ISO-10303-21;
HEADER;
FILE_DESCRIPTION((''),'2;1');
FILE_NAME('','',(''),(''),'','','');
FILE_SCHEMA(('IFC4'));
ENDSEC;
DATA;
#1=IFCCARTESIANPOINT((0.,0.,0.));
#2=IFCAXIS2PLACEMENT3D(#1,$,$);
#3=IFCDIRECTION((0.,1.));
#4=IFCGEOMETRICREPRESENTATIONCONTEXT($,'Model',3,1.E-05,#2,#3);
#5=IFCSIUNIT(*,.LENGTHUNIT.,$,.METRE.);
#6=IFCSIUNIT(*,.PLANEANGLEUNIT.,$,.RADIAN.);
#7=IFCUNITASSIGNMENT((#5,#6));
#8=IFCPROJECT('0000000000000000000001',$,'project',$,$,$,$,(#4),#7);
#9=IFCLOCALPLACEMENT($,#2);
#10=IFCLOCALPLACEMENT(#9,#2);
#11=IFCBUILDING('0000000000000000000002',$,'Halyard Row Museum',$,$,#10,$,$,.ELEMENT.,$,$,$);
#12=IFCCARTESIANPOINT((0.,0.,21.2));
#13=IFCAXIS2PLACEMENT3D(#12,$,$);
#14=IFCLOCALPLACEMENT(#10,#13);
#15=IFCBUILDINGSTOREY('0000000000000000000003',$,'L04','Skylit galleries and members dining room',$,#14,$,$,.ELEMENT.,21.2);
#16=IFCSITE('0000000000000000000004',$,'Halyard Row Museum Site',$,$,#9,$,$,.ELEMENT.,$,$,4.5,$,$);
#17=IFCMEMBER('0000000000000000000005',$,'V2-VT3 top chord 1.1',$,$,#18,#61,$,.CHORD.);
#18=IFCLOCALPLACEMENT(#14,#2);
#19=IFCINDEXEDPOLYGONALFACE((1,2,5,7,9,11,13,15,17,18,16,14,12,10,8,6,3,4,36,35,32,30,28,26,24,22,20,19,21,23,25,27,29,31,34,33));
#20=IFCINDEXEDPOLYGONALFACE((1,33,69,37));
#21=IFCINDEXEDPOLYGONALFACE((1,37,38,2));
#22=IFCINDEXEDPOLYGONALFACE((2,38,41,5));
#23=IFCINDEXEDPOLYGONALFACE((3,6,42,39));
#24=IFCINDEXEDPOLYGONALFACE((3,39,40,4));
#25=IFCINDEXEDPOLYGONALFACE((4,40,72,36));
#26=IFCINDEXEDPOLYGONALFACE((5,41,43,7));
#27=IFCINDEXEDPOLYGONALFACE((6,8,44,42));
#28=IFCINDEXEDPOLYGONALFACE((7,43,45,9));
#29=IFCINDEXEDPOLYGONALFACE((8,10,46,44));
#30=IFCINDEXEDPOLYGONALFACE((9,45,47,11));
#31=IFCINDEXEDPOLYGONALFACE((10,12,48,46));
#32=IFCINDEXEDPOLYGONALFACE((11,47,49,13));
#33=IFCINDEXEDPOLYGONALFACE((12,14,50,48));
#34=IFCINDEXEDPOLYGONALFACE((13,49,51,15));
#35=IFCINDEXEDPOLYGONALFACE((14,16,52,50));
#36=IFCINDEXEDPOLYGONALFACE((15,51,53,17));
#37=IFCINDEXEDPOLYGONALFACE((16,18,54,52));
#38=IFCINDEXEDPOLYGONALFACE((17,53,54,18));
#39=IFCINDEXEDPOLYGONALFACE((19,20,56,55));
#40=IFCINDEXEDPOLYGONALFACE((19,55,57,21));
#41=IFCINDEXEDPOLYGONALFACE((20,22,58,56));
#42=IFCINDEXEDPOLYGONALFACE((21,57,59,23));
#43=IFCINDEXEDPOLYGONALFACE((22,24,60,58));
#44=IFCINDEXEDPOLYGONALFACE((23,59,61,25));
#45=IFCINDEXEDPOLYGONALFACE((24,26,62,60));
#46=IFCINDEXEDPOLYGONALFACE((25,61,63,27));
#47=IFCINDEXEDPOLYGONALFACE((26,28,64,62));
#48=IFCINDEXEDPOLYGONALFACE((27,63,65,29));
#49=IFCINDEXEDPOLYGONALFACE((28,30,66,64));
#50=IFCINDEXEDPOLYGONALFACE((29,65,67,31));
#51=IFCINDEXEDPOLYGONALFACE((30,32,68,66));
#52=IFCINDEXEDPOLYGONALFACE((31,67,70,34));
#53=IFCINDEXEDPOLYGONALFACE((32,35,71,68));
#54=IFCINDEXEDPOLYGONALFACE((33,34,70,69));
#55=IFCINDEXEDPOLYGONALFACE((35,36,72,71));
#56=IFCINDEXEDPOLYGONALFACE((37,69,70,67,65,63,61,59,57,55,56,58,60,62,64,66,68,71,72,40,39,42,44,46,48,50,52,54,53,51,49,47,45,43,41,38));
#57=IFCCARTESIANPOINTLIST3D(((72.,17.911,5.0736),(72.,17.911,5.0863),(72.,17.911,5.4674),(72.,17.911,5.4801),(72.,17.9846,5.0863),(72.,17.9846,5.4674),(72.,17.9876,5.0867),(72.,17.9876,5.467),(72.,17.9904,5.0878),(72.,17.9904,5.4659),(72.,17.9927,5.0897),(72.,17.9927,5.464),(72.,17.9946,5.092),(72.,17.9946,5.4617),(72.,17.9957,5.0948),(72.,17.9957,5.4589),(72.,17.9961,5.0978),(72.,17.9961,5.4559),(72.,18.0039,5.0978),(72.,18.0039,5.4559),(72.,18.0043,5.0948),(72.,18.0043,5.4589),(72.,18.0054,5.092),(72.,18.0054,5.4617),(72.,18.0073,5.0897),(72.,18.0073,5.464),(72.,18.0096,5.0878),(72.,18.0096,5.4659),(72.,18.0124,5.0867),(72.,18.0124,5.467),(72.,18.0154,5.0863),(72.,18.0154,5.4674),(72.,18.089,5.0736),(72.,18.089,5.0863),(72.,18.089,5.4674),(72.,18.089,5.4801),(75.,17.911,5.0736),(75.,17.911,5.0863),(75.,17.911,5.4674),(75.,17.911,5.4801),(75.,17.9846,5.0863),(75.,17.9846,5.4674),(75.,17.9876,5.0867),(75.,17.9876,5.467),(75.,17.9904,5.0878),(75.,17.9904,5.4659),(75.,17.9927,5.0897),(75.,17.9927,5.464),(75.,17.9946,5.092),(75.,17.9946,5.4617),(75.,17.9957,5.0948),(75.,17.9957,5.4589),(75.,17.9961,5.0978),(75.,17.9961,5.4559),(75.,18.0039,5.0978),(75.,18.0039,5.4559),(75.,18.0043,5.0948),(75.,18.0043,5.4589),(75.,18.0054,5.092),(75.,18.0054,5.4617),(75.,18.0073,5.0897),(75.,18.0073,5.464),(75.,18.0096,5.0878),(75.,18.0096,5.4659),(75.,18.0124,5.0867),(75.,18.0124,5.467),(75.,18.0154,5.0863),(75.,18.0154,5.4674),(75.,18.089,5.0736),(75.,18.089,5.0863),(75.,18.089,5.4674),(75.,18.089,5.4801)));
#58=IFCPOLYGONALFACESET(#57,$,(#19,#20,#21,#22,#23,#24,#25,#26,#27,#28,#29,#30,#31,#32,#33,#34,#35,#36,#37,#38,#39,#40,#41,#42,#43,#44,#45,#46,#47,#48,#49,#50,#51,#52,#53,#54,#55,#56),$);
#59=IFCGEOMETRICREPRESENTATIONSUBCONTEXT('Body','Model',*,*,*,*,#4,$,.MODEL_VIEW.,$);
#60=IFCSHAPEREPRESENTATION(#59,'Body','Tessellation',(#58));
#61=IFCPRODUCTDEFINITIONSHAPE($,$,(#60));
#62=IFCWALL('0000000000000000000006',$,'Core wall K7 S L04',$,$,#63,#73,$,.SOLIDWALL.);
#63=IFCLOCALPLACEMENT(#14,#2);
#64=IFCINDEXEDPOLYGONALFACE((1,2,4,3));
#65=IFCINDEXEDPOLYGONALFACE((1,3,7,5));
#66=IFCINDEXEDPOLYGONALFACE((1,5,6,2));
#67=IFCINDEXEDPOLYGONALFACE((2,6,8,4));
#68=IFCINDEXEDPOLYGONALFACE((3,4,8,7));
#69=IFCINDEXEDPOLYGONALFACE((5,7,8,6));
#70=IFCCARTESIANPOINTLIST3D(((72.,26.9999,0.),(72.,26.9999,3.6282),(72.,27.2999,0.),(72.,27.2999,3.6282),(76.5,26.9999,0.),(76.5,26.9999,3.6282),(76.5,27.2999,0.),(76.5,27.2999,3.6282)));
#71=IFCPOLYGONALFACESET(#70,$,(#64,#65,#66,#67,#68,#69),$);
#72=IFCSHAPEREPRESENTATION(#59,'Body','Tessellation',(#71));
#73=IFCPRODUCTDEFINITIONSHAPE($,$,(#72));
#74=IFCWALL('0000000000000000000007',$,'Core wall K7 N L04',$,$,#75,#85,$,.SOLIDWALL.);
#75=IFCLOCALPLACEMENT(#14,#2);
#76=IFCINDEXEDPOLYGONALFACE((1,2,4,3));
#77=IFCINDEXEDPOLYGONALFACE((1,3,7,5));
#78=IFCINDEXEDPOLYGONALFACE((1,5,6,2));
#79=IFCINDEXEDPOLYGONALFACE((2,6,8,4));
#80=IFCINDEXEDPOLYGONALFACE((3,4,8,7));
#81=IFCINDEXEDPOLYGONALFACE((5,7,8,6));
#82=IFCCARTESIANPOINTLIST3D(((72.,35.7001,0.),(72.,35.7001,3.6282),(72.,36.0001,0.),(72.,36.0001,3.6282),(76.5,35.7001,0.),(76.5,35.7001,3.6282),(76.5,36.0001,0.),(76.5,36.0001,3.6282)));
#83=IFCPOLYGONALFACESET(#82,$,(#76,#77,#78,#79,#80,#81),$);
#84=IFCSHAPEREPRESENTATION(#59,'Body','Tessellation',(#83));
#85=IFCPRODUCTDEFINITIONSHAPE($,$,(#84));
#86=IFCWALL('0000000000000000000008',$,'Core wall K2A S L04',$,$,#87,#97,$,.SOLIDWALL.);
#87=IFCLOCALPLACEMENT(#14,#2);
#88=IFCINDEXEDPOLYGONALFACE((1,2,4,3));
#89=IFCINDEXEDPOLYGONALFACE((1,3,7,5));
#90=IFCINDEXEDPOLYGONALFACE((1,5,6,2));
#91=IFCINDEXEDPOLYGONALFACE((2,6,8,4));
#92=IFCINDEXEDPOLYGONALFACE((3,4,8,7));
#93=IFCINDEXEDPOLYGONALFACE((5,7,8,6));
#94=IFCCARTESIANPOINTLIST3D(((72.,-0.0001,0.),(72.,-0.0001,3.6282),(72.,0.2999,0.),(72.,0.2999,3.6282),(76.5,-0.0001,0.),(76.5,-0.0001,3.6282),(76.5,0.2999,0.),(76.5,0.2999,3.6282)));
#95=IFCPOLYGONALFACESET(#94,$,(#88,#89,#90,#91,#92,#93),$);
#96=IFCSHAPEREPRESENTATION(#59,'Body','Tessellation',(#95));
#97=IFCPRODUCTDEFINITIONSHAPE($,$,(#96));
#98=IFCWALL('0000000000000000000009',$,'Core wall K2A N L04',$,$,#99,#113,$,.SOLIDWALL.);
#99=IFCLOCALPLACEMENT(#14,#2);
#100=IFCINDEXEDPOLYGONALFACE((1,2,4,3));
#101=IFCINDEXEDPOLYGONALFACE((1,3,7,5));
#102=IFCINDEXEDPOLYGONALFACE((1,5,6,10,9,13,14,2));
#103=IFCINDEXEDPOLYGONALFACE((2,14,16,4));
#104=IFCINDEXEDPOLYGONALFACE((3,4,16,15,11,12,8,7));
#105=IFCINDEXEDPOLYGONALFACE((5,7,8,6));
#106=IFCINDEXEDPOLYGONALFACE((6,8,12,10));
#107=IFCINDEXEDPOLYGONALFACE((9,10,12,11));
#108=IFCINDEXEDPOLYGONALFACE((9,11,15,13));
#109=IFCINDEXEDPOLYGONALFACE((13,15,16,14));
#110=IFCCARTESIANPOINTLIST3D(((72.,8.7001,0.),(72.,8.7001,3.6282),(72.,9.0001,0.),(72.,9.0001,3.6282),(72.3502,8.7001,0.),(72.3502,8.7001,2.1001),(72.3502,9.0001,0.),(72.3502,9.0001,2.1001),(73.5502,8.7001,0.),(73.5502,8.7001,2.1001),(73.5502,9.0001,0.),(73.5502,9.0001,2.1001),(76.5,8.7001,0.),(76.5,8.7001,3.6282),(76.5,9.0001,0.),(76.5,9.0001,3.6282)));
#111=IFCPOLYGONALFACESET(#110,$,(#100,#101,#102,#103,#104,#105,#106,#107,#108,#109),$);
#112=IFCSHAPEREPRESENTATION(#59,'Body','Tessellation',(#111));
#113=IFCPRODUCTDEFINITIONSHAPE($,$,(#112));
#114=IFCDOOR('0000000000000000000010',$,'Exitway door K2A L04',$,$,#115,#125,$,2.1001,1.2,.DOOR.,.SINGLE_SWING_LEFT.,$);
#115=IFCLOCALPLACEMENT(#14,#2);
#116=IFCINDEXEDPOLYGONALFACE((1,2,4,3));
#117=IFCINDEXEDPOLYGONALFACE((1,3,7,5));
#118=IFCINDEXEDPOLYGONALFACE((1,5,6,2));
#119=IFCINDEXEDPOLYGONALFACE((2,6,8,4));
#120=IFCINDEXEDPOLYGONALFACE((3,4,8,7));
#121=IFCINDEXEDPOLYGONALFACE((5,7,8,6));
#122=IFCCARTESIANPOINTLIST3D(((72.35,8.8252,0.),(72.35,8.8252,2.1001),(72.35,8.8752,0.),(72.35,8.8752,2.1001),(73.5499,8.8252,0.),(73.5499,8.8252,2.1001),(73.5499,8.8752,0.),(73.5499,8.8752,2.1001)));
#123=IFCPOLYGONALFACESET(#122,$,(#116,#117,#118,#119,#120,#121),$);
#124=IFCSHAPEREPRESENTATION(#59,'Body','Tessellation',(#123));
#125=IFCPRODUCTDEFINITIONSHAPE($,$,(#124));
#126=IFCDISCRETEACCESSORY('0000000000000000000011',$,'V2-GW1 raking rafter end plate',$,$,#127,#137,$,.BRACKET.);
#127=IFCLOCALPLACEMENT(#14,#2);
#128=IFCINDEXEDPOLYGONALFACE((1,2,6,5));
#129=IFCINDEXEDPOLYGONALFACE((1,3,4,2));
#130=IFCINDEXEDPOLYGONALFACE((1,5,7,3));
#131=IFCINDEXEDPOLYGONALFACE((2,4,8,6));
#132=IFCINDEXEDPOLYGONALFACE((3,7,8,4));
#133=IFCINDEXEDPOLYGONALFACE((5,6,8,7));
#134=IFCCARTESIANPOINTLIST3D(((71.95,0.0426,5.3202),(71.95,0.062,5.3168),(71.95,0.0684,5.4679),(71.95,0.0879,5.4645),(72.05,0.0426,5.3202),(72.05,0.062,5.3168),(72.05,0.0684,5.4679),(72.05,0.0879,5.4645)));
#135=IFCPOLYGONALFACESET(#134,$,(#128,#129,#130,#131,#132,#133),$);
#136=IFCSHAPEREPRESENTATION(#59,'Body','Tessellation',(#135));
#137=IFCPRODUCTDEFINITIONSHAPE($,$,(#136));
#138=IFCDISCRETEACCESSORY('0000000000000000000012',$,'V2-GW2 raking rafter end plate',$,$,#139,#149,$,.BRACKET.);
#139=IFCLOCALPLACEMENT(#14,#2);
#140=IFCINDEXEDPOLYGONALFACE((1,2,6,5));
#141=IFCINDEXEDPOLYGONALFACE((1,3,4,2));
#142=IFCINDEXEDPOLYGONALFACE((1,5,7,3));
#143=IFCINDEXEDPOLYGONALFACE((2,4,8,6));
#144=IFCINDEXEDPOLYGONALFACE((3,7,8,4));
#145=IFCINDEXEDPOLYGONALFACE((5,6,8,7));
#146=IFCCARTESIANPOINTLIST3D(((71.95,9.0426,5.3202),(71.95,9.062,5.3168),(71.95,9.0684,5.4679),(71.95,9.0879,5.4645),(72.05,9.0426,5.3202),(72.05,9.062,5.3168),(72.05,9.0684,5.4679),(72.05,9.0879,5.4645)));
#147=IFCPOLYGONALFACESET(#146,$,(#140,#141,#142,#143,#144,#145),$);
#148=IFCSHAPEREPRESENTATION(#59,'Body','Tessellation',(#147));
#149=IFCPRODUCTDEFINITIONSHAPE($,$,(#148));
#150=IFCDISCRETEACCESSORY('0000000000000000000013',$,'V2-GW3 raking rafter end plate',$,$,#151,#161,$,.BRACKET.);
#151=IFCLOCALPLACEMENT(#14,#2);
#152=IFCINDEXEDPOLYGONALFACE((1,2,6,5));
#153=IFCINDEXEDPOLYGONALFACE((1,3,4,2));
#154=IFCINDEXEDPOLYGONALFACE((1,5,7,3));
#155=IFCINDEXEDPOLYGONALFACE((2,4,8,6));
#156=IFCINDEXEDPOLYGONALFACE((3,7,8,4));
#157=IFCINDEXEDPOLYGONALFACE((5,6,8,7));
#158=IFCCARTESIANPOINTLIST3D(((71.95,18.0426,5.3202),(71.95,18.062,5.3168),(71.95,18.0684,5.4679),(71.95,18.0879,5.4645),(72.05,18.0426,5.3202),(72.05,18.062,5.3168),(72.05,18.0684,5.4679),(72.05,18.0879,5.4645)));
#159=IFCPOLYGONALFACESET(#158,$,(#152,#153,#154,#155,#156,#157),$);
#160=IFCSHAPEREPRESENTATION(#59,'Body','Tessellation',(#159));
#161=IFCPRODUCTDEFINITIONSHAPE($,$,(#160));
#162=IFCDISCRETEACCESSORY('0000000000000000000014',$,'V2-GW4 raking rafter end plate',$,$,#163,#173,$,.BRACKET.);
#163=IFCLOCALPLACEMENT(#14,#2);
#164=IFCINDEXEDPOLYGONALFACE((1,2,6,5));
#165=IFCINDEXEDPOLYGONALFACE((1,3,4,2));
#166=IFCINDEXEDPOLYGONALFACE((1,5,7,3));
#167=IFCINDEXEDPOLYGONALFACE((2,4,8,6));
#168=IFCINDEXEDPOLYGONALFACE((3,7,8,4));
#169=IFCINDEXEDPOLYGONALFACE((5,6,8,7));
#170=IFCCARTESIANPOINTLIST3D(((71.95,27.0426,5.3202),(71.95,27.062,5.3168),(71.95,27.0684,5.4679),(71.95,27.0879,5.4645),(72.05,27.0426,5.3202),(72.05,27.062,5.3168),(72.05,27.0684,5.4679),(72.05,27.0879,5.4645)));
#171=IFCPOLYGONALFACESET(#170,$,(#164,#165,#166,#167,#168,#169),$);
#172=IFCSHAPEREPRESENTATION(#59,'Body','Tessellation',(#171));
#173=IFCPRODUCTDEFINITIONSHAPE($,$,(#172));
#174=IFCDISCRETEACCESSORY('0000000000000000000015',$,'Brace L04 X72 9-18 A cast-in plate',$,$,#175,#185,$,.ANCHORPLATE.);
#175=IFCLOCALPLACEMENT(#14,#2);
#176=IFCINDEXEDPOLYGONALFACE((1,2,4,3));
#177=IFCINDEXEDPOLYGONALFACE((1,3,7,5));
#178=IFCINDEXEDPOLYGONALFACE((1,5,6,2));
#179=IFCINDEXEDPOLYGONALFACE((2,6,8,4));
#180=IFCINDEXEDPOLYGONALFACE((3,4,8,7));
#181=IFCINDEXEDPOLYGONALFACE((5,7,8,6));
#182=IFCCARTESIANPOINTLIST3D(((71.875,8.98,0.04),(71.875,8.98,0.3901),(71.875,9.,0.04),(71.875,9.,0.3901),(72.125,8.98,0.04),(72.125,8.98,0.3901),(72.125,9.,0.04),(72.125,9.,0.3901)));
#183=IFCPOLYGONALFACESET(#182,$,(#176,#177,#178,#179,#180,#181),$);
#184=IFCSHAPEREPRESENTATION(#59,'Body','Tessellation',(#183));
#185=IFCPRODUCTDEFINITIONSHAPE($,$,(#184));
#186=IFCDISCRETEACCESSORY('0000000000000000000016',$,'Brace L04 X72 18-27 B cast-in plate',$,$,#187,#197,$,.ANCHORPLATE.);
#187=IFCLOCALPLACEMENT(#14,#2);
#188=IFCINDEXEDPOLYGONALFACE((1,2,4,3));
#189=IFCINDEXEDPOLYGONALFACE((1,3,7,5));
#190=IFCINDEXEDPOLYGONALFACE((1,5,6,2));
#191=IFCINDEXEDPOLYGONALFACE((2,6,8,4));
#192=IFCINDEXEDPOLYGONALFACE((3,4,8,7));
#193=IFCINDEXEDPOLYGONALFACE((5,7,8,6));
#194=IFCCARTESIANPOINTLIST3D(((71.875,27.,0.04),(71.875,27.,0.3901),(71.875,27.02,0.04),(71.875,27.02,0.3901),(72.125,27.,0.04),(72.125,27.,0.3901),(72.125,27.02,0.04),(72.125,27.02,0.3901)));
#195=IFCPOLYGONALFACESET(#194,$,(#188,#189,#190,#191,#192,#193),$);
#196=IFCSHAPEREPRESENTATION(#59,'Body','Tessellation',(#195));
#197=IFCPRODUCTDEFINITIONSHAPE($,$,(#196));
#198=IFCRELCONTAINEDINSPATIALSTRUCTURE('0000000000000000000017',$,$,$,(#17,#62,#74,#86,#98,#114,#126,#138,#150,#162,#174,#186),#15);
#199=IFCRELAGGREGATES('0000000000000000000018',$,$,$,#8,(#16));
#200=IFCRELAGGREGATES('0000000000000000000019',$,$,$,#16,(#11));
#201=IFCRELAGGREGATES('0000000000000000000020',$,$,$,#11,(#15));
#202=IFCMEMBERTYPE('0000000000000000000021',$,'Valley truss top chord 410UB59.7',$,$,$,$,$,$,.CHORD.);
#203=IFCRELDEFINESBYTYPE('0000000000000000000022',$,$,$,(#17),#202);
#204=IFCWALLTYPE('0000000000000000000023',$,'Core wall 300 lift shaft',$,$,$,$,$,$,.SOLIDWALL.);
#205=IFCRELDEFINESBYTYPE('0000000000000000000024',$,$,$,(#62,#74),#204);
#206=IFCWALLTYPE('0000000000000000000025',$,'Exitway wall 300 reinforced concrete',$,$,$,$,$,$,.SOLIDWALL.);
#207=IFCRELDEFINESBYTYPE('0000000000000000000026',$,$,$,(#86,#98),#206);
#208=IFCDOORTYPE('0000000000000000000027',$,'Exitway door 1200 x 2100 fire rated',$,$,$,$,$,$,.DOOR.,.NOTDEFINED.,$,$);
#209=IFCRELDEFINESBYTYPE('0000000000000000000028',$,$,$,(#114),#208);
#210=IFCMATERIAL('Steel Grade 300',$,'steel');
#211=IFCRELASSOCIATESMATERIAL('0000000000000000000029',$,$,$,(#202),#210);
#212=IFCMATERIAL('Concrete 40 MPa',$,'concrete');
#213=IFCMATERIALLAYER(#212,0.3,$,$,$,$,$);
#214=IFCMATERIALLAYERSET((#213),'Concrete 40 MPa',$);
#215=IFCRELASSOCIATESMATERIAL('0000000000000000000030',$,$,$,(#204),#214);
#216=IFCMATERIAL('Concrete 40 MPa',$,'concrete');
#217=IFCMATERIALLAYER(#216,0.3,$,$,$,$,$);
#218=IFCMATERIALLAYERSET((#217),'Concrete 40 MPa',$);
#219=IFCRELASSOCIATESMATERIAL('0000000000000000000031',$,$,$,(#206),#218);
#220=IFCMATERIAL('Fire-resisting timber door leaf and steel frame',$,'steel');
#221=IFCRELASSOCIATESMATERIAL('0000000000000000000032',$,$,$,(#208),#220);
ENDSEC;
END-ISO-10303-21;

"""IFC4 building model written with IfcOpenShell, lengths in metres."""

from ifc_helpers import new_model, si_unit, direction, frame, frame_2d, origin, origin_2d, place, context, subcontext, project, spatial, rectangle, i_section, extrude, material, layer, layer_set, material_profile, profile_set, type_object, element, fill, save


model = new_model("IFC4")

# Units and contexts
model_context = context("Model", 3, precision=1e-05, world=origin(), true_north=direction((0.0, 1.0)))
body_context = subcontext(model_context, "Body", "Model", "MODEL_VIEW")
ifc_project = project(units=[si_unit("LENGTHUNIT", "METRE"), si_unit("PLANEANGLEUNIT", "RADIAN")], contexts=[model_context])

# Site, building, storey
site_placement = place(None, origin())
site = spatial("IfcSite", under=ifc_project, at=site_placement, Name="Halyard Row Museum Site", CompositionType="ELEMENT", RefElevation=4.5)
building_placement = place(site_placement, origin())
building = spatial("IfcBuilding", under=site, at=building_placement, Name="Halyard Row Museum", CompositionType="ELEMENT")
storey_placement = place(building_placement, frame((0.0, 0.0, 21.2)))
storey = spatial("IfcBuildingStorey", under=building, at=storey_placement, Name="L04", Description="Skylit galleries and members dining room", CompositionType="ELEMENT", Elevation=21.2)

# Member
ifc_material_1 = material(Name="Steel Grade 300", Category="steel")
ifc_material_profile_1 = material_profile(ifc_material_1, i_section(OverallWidth=0.178, OverallDepth=0.4065, WebThickness=0.0078, FlangeThickness=0.0127, FilletRadius=0.0115, at=origin_2d()), Name="410UB59.7")
ifc_profile_set_1 = profile_set([ifc_material_profile_1], Name="Steel Grade 300")
member_type_1 = type_object("IfcMemberType", Name="Valley truss top chord 410UB59.7", PredefinedType="CHORD", material=ifc_profile_set_1)
member_1_placement = place(storey_placement, frame((72.0, 18.0, 5.2769), z_axis=(1.0, 0.0, 0.0), x_axis=(0.0, 1.0, 0.0)))
element("IfcMember", 1, at=member_1_placement, inside=storey, type_object=member_type_1, Name="V2-VT3 top chord 1.1", PredefinedType="CHORD", context=body_context, shape_type="SweptSolid", body=[
    extrude(i_section(OverallWidth=0.178, OverallDepth=0.4065, WebThickness=0.0078, FlangeThickness=0.0127, FilletRadius=0.0115, at=origin_2d()), origin(), (0.0, 0.0, 1.0), 3.0),
])

# Walls
ifc_material_2 = material(Name="Concrete 40 MPa", Category="concrete")
ifc_layer_1 = layer(ifc_material_2, 0.3)
ifc_layer_set_1 = layer_set([ifc_layer_1], Name="Concrete 40 MPa")
wall_type_1 = type_object("IfcWallType", Name="Core wall 300 lift shaft", PredefinedType="SOLIDWALL", material=ifc_layer_set_1)
for number, where, z_axis, x_axis, name in (
    (2, (72.0, 27.1499, 0.0), (0.0, 0.0, 1.0), (1.0, 0.0, 0.0), "Core wall K7 S L04"),
    (3, (72.0, 35.8501, 0.0), (0.0, 0.0, 1.0), (1.0, 0.0, 0.0), "Core wall K7 N L04"),
):
    element("IfcWall", number, at=place(storey_placement, frame(where, z_axis=z_axis, x_axis=x_axis)), inside=storey, type_object=wall_type_1, Name=name, PredefinedType="SOLIDWALL", context=body_context, shape_type="SweptSolid", body=[
        extrude(rectangle(XDim=4.5, YDim=0.3, at=frame_2d((2.25, 0.0))), origin(), (0.0, 0.0, 1.0), 3.6282),
    ])
ifc_material_3 = material(Name="Concrete 40 MPa", Category="concrete")
ifc_layer_2 = layer(ifc_material_3, 0.3)
ifc_layer_set_2 = layer_set([ifc_layer_2], Name="Concrete 40 MPa")
wall_type_2 = type_object("IfcWallType", Name="Exitway wall 300 reinforced concrete", PredefinedType="SOLIDWALL", material=ifc_layer_set_2)
wall_1_placement = place(storey_placement, frame((72.0, 0.1499, 0.0), z_axis=(0.0, 0.0, 1.0), x_axis=(1.0, 0.0, 0.0)))
element("IfcWall", 4, at=wall_1_placement, inside=storey, type_object=wall_type_2, Name="Core wall K2A S L04", PredefinedType="SOLIDWALL", context=body_context, shape_type="SweptSolid", body=[
    extrude(rectangle(XDim=4.5, YDim=0.3, at=frame_2d((2.25, 0.0))), origin(), (0.0, 0.0, 1.0), 3.6282),
])

# Wall, opening, door
wall_2_placement = place(storey_placement, frame((72.0, 8.8501, 0.0), z_axis=(0.0, 0.0, 1.0), x_axis=(1.0, 0.0, 0.0)))
wall_2 = element("IfcWall", 5, at=wall_2_placement, inside=storey, type_object=wall_type_2, Name="Core wall K2A N L04", PredefinedType="SOLIDWALL", context=body_context, shape_type="SweptSolid", body=[
    extrude(rectangle(XDim=4.5, YDim=0.3, at=frame_2d((2.25, 0.0))), origin(), (0.0, 0.0, 1.0), 3.6282),
])
opening_placement = place(wall_2_placement, frame((0.3501, 0.0, 0.0)))
opening = element("IfcOpeningElement", 6, at=opening_placement, cuts=wall_2, PredefinedType="OPENING", context=body_context, shape_type="SweptSolid", body=[
    extrude(rectangle(XDim=1.2, YDim=2.1001, at=frame_2d((0.6001, 1.05))), frame((0.0, 0.1599, 0.0), z_axis=(0.0, -1.0, 0.0), x_axis=(1.0, 0.0, 0.0)), (0.0, 0.0, 1.0), 0.3201),
])
ifc_material_4 = material(Name="Fire-resisting timber door leaf and steel frame", Category="steel")
door_type = type_object("IfcDoorType", Name="Exitway door 1200 x 2100 fire rated", OperationType="NOTDEFINED", PredefinedType="DOOR", material=ifc_material_4)
door_placement = place(opening_placement, frame((1.2, 0.0, 0.0), z_axis=(0.0, 0.0, 1.0), x_axis=(-1.0, 0.0, 0.0)))
door = element("IfcDoor", 7, at=door_placement, inside=storey, type_object=door_type, Name="Exitway door K2A L04", OperationType="SINGLE_SWING_LEFT", OverallHeight=2.1001, OverallWidth=1.2, PredefinedType="DOOR", context=body_context, shape_type="SweptSolid", body=[
    extrude(rectangle(XDim=1.2, YDim=2.1001, at=frame_2d((0.6001, 1.05))), frame((0.0, 0.0249, 0.0), z_axis=(0.0, -1.0, 0.0), x_axis=(1.0, 0.0, 0.0)), (0.0, 0.0, 1.0), 0.05),
])
fill(opening, door)

# Discrete accessories
for number, where, z_axis, x_axis, name in (
    (8, (72.0, 0.075, 5.3906), (0.0, -0.98503, 0.17238), (1.0, 0.0, 0.0), "V2-GW1 raking rafter end plate"),
    (9, (72.0, 9.075, 5.3906), (0.0, -0.98503, 0.17238), (1.0, 0.0, 0.0), "V2-GW2 raking rafter end plate"),
    (10, (72.0, 18.075, 5.3906), (0.0, -0.98503, 0.17238), (1.0, 0.0, 0.0), "V2-GW3 raking rafter end plate"),
    (11, (72.0, 27.075, 5.3906), (0.0, -0.98503, 0.17238), (1.0, 0.0, 0.0), "V2-GW4 raking rafter end plate"),
):
    element("IfcDiscreteAccessory", number, at=place(storey_placement, frame(where, z_axis=z_axis, x_axis=x_axis)), inside=storey, Name=name, PredefinedType="BRACKET", context=body_context, shape_type="SweptSolid", body=[
        extrude(rectangle(XDim=0.1001, YDim=0.1499, at=origin_2d()), origin(), (0.0, 0.0, 1.0), 0.0198),
    ])
for number, where, z_axis, x_axis, name in (
    (12, (72.0, 9.0, 0.2151), (0.0, -1.0, 0.0), (1.0, 0.0, 0.0), "Brace L04 X72 9-18 A cast-in plate"),
    (13, (72.0, 27.0, 0.2151), (0.0, 1.0, 0.0), (-1.0, 0.0, 0.0), "Brace L04 X72 18-27 B cast-in plate"),
):
    element("IfcDiscreteAccessory", number, at=place(storey_placement, frame(where, z_axis=z_axis, x_axis=x_axis)), inside=storey, Name=name, PredefinedType="ANCHORPLATE", context=body_context, shape_type="SweptSolid", body=[
        extrude(rectangle(XDim=0.25, YDim=0.3501, at=origin_2d()), origin(), (0.0, 0.0, 1.0), 0.02),
    ])

save(model, "model.ifc")
